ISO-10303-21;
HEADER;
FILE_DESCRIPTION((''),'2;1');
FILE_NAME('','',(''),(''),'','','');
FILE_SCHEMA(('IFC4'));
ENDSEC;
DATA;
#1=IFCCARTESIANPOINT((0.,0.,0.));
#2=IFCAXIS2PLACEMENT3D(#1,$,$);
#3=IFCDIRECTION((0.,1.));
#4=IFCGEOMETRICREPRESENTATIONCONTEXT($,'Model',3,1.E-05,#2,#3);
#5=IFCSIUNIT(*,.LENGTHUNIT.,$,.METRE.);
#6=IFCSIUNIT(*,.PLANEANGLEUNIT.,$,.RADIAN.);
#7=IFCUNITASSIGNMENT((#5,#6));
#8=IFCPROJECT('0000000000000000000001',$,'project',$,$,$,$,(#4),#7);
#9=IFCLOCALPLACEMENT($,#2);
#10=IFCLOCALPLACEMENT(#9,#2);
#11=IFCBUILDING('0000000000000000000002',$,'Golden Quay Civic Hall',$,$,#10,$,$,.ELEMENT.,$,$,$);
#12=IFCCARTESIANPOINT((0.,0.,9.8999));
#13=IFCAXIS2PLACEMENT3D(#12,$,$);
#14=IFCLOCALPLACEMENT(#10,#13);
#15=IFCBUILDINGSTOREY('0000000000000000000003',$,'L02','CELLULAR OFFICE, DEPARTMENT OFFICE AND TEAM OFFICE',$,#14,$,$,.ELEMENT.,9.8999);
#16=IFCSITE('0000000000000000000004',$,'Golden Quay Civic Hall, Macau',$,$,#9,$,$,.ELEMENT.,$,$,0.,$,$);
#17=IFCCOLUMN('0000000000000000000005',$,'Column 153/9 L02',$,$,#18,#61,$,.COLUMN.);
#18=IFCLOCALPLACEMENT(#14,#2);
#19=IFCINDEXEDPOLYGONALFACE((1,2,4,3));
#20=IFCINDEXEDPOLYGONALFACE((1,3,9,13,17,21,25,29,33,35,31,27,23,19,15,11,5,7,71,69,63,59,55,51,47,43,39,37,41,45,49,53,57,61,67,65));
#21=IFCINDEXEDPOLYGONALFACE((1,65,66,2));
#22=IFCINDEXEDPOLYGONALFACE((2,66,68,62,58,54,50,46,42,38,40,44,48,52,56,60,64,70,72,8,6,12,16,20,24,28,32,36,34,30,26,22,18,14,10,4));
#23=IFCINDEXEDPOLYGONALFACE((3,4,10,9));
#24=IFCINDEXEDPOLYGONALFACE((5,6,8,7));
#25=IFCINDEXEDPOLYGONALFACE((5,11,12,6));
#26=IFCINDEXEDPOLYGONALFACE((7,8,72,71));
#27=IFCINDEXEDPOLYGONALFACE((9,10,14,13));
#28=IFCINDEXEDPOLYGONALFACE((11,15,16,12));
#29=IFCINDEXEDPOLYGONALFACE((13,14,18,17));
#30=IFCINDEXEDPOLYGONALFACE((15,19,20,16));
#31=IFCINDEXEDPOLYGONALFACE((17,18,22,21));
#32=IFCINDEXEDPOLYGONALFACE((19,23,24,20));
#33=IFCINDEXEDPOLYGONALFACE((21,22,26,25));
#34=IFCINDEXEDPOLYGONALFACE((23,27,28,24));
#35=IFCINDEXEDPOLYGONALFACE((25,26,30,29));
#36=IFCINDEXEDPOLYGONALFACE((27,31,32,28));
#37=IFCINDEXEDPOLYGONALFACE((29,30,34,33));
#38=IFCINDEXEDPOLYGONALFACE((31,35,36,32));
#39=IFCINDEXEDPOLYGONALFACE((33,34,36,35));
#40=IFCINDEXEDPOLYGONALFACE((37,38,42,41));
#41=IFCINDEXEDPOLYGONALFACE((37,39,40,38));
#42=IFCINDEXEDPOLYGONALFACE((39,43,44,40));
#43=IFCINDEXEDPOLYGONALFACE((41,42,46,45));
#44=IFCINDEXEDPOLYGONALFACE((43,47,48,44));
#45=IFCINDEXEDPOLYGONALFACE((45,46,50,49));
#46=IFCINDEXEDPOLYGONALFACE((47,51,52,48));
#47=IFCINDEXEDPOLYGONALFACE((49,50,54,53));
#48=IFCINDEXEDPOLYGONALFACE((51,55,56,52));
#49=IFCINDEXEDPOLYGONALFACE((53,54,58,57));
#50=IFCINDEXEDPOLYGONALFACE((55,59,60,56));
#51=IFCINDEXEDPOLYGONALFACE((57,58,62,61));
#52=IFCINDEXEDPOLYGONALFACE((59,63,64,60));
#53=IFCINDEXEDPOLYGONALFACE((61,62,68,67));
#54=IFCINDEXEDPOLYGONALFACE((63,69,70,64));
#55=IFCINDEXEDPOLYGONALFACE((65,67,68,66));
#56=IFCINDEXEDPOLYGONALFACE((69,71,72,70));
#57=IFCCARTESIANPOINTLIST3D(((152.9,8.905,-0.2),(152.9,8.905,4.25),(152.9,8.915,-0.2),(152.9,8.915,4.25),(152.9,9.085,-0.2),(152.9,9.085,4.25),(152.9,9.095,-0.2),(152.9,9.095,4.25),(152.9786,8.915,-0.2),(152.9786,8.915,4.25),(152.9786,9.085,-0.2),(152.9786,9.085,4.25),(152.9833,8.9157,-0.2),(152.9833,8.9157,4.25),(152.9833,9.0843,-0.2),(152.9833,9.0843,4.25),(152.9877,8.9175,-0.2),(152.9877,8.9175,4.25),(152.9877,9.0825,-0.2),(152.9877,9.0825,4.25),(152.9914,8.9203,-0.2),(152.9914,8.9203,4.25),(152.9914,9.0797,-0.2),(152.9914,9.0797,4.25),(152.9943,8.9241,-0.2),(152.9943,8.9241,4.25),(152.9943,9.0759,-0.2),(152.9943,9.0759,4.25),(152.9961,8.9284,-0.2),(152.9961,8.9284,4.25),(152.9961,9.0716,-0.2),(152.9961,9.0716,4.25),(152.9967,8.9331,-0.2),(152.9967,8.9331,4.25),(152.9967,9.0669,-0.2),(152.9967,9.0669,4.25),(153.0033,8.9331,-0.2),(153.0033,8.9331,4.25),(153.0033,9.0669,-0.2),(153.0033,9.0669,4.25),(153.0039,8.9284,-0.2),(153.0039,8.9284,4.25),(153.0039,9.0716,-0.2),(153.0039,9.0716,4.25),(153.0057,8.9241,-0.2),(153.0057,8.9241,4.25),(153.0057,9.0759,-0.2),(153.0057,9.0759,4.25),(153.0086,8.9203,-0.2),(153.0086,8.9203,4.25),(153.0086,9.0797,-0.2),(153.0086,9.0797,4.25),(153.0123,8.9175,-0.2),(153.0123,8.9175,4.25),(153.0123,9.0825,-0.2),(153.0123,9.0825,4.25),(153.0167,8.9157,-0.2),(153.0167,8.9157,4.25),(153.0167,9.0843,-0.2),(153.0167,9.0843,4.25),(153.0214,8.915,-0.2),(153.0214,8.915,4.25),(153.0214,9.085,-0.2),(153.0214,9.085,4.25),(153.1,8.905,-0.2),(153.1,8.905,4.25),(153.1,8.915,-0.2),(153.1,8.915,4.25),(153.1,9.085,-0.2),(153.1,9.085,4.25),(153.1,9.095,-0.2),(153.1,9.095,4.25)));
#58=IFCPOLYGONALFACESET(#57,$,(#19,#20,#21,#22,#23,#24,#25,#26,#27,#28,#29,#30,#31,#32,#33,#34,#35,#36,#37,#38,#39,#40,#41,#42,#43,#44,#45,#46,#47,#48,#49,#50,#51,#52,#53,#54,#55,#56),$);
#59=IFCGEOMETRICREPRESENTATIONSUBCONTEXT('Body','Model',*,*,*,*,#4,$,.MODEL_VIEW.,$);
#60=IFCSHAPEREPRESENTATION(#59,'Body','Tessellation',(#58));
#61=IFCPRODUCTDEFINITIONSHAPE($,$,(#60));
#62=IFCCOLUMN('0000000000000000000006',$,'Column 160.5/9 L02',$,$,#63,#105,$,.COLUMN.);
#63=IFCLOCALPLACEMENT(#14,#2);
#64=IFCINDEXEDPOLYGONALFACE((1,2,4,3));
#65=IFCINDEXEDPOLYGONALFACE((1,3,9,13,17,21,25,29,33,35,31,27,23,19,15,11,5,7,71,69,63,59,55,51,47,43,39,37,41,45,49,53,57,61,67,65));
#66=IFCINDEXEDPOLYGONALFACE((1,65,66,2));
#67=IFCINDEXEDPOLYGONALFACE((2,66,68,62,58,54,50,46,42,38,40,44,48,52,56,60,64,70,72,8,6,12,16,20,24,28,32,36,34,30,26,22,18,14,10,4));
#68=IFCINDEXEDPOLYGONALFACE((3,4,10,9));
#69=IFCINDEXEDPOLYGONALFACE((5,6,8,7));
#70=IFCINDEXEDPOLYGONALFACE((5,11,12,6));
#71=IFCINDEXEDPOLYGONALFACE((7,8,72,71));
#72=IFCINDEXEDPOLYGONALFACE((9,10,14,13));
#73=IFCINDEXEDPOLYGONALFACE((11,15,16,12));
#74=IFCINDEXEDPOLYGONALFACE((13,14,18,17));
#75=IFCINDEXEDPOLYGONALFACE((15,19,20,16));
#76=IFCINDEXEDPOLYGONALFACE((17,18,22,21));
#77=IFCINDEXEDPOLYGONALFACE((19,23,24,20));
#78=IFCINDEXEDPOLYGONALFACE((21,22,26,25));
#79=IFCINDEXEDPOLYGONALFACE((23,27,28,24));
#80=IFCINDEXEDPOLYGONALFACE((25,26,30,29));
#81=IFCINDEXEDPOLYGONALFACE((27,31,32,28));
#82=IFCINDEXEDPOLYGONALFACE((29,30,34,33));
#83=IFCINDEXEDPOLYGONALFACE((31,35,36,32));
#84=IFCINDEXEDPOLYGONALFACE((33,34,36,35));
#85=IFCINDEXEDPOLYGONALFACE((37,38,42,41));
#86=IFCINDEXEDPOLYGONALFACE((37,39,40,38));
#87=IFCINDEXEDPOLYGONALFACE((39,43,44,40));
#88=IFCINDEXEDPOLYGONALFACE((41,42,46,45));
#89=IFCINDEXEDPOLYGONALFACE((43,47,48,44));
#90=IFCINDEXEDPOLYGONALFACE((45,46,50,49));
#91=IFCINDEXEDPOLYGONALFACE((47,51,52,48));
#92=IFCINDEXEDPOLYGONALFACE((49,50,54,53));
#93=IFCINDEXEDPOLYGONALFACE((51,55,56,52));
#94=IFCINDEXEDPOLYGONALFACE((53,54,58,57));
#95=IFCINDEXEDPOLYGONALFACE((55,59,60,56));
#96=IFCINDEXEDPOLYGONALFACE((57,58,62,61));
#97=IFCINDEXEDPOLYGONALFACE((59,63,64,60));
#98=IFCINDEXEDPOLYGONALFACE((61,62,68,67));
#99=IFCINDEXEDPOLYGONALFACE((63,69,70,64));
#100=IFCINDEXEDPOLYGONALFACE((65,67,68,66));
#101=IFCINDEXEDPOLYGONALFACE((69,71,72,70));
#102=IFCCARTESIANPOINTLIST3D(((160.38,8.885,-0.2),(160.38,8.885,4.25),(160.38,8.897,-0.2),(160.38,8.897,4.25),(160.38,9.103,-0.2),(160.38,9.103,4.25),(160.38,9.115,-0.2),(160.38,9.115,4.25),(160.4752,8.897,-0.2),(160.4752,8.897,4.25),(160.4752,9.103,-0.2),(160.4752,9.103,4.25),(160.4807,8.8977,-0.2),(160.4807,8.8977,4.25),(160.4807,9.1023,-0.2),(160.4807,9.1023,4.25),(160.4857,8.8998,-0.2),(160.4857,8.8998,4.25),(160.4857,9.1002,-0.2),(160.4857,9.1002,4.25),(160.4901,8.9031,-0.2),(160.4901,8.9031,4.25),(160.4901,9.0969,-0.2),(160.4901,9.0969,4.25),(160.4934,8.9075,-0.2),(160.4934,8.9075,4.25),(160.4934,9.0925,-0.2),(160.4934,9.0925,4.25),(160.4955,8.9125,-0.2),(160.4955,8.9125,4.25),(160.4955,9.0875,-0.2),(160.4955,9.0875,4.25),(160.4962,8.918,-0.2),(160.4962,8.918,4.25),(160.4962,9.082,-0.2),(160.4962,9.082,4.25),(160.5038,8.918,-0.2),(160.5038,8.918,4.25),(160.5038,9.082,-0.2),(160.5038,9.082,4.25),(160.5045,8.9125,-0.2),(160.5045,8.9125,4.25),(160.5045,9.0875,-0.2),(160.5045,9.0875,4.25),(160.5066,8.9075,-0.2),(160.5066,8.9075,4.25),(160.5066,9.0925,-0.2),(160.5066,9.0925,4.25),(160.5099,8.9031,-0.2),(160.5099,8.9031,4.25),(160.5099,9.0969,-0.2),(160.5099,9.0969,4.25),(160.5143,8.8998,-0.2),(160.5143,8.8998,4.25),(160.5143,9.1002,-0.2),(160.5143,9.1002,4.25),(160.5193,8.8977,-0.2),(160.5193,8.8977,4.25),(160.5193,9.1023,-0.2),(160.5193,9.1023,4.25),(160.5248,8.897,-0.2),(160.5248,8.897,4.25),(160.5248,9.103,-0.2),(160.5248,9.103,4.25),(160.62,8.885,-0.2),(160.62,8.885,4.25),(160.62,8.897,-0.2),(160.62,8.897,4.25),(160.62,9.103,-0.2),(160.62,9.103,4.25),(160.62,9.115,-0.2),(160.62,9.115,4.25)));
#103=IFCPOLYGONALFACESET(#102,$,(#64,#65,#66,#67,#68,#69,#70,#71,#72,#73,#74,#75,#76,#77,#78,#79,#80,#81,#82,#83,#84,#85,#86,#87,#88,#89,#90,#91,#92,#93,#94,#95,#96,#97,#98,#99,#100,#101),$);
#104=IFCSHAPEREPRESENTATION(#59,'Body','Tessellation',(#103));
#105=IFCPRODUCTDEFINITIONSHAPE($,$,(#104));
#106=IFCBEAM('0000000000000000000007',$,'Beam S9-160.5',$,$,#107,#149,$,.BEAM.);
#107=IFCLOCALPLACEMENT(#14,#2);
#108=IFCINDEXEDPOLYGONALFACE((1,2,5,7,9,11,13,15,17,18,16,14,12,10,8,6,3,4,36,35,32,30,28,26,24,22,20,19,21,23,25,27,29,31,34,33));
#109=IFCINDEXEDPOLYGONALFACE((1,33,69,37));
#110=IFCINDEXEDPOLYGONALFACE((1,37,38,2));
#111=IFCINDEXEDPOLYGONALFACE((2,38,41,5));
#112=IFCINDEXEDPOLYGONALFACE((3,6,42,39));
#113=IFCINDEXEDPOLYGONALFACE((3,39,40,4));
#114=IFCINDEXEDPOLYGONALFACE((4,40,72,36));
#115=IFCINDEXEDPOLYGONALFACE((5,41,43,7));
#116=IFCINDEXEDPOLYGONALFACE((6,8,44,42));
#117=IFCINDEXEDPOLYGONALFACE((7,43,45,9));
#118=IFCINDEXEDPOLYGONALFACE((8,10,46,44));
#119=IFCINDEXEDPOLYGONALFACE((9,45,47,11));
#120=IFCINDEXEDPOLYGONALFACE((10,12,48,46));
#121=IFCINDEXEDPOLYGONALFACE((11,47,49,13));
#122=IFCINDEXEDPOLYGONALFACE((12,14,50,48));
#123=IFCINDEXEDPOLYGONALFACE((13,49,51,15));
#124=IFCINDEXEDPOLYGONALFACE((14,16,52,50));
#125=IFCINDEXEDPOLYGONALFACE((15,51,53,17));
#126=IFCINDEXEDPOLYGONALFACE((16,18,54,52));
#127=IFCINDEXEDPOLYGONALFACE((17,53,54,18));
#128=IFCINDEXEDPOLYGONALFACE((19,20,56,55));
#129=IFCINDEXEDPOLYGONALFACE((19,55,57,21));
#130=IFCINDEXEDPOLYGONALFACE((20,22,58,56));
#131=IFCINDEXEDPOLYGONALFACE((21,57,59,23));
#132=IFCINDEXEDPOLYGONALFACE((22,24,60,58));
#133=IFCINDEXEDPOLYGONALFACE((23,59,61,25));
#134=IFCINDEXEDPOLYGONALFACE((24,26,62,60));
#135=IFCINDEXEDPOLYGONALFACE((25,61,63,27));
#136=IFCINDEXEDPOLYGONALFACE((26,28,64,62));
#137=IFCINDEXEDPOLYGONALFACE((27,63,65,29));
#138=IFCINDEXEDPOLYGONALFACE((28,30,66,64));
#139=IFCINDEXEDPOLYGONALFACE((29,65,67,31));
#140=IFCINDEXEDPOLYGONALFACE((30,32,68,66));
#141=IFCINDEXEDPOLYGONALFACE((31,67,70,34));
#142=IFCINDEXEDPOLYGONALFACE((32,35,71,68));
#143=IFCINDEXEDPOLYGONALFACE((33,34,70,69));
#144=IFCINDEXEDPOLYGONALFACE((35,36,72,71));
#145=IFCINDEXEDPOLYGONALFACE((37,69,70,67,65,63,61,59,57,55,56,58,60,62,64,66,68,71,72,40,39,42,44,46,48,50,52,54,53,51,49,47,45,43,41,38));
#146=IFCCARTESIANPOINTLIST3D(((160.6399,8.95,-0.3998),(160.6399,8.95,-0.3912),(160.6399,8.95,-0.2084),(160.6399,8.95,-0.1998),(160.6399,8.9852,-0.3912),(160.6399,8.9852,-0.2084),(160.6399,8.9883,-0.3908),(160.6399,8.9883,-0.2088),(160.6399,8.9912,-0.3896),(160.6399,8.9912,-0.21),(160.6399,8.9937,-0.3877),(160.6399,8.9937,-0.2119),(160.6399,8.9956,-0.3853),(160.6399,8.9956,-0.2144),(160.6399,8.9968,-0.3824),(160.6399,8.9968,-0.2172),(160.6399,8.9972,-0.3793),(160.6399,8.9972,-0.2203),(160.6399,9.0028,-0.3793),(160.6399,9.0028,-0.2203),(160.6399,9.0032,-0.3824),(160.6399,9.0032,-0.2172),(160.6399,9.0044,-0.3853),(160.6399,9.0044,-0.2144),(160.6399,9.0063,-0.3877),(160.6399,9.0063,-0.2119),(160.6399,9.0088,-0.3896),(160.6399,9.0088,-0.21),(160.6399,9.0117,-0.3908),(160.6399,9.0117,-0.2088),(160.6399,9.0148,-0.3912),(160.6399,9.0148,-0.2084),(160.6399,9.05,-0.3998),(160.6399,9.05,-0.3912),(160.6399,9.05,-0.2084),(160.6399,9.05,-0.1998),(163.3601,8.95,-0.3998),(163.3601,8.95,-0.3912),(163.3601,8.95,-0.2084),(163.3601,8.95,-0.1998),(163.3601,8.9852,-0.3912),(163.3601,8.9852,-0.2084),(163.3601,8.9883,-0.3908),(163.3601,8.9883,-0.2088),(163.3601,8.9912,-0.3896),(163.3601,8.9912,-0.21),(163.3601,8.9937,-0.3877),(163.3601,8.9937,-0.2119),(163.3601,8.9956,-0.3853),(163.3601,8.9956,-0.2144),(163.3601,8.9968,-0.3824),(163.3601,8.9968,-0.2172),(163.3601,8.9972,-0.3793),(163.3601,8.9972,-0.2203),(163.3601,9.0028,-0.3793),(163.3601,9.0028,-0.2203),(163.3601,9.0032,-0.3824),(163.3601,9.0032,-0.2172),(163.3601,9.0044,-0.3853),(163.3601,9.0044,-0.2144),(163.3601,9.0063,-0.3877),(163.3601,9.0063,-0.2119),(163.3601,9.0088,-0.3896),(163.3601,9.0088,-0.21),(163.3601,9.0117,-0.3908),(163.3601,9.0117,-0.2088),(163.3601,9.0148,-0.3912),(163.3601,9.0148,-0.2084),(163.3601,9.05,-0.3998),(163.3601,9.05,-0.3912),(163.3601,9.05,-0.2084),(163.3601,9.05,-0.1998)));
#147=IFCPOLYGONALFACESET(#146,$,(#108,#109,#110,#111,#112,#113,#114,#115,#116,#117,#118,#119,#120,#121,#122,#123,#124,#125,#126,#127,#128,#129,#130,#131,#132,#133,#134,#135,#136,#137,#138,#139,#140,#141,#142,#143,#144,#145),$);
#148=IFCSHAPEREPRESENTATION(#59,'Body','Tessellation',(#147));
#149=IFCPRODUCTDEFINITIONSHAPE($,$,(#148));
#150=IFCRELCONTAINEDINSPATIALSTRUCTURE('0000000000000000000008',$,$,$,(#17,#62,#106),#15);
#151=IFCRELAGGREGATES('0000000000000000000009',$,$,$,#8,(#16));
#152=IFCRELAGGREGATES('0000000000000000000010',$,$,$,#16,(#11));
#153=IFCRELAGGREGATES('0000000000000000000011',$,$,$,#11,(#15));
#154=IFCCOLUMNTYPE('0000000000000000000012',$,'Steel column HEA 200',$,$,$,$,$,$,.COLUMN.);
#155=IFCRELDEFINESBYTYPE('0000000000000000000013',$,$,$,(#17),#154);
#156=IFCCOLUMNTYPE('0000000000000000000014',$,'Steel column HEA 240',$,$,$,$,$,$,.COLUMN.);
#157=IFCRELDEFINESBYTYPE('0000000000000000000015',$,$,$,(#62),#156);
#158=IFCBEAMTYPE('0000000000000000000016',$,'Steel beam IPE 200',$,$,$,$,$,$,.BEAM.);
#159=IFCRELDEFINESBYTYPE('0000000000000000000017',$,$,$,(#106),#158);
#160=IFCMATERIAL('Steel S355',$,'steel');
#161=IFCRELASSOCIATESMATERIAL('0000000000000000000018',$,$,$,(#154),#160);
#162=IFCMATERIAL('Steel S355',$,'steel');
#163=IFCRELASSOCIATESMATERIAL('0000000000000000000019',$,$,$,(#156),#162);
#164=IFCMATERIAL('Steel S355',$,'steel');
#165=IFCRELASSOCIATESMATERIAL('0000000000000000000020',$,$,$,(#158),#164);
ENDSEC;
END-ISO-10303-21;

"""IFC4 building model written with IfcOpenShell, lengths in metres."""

from ifc_helpers import new_model, si_unit, direction, frame, origin, origin_2d, place, context, subcontext, project, spatial, i_section, extrude, material, material_profile, profile_set, type_object, element, save


model = new_model("IFC4")

# Units and contexts
model_context = context("Model", 3, precision=1e-05, world=origin(), true_north=direction((0.0, 1.0)))
body_context = subcontext(model_context, "Body", "Model", "MODEL_VIEW")
ifc_project = project(units=[si_unit("LENGTHUNIT", "METRE"), si_unit("PLANEANGLEUNIT", "RADIAN")], contexts=[model_context])

# Site, building, storey
site_placement = place(None, origin())
site = spatial("IfcSite", under=ifc_project, at=site_placement, Name="Golden Quay Civic Hall, Macau", CompositionType="ELEMENT", RefElevation=0.0)
building_placement = place(site_placement, origin())
building = spatial("IfcBuilding", under=site, at=building_placement, Name="Golden Quay Civic Hall", CompositionType="ELEMENT")
storey_placement = place(building_placement, frame((0.0, 0.0, 9.8999)))
storey = spatial("IfcBuildingStorey", under=building, at=storey_placement, Name="L02", Description="CELLULAR OFFICE, DEPARTMENT OFFICE AND TEAM OFFICE", CompositionType="ELEMENT", Elevation=9.8999)

# Columns
ifc_material_1 = material(Name="Steel S355", Category="steel")
ifc_material_profile_1 = material_profile(ifc_material_1, i_section(OverallWidth=0.2, OverallDepth=0.1899, WebThickness=0.0066, FlangeThickness=0.01, FilletRadius=0.0181, at=origin_2d()), Name="HEA 200")
ifc_profile_set_1 = profile_set([ifc_material_profile_1], Name="Steel S355")
column_type_1 = type_object("IfcColumnType", Name="Steel column HEA 200", PredefinedType="COLUMN", material=ifc_profile_set_1)
column_1_placement = place(storey_placement, frame((153.0, 9.0, -0.2), z_axis=(0.0, 0.0, 1.0), x_axis=(1.0, 0.0, 0.0)))
element("IfcColumn", 1, at=column_1_placement, inside=storey, type_object=column_type_1, Name="Column 153/9 L02", PredefinedType="COLUMN", context=body_context, shape_type="SweptSolid", body=[
    extrude(i_section(OverallWidth=0.2, OverallDepth=0.1899, WebThickness=0.0066, FlangeThickness=0.01, FilletRadius=0.0181, at=origin_2d()), origin(), (0.0, 0.0, 1.0), 4.45),
])
ifc_material_2 = material(Name="Steel S355", Category="steel")
ifc_material_profile_2 = material_profile(ifc_material_2, i_section(OverallWidth=0.24, OverallDepth=0.23, WebThickness=0.0076, FlangeThickness=0.012, FilletRadius=0.021, at=origin_2d()), Name="HEA 240")
ifc_profile_set_2 = profile_set([ifc_material_profile_2], Name="Steel S355")
column_type_2 = type_object("IfcColumnType", Name="Steel column HEA 240", PredefinedType="COLUMN", material=ifc_profile_set_2)
column_2_placement = place(storey_placement, frame((160.5, 9.0, -0.2), z_axis=(0.0, 0.0, 1.0), x_axis=(1.0, 0.0, 0.0)))
element("IfcColumn", 2, at=column_2_placement, inside=storey, type_object=column_type_2, Name="Column 160.5/9 L02", PredefinedType="COLUMN", context=body_context, shape_type="SweptSolid", body=[
    extrude(i_section(OverallWidth=0.24, OverallDepth=0.23, WebThickness=0.0076, FlangeThickness=0.012, FilletRadius=0.021, at=origin_2d()), origin(), (0.0, 0.0, 1.0), 4.45),
])

# Beam
ifc_material_3 = material(Name="Steel S355", Category="steel")
ifc_material_profile_3 = material_profile(ifc_material_3, i_section(OverallWidth=0.1001, OverallDepth=0.2, WebThickness=0.0056, FlangeThickness=0.0085, FilletRadius=0.012, at=origin_2d()), Name="IPE 200")
ifc_profile_set_3 = profile_set([ifc_material_profile_3], Name="Steel S355")
beam_type_1 = type_object("IfcBeamType", Name="Steel beam IPE 200", PredefinedType="BEAM", material=ifc_profile_set_3)
beam_1_placement = place(storey_placement, frame((160.6399, 9.0, -0.2998), z_axis=(1.0, 0.0, 0.0), x_axis=(0.0, 1.0, 0.0)))
element("IfcBeam", 3, at=beam_1_placement, inside=storey, type_object=beam_type_1, Name="Beam S9-160.5", PredefinedType="BEAM", context=body_context, shape_type="SweptSolid", body=[
    extrude(i_section(OverallWidth=0.1001, OverallDepth=0.2, WebThickness=0.0056, FlangeThickness=0.0085, FilletRadius=0.012, at=origin_2d()), origin(), (0.0, 0.0, 1.0), 2.7202),
])

save(model, "model.ifc")
